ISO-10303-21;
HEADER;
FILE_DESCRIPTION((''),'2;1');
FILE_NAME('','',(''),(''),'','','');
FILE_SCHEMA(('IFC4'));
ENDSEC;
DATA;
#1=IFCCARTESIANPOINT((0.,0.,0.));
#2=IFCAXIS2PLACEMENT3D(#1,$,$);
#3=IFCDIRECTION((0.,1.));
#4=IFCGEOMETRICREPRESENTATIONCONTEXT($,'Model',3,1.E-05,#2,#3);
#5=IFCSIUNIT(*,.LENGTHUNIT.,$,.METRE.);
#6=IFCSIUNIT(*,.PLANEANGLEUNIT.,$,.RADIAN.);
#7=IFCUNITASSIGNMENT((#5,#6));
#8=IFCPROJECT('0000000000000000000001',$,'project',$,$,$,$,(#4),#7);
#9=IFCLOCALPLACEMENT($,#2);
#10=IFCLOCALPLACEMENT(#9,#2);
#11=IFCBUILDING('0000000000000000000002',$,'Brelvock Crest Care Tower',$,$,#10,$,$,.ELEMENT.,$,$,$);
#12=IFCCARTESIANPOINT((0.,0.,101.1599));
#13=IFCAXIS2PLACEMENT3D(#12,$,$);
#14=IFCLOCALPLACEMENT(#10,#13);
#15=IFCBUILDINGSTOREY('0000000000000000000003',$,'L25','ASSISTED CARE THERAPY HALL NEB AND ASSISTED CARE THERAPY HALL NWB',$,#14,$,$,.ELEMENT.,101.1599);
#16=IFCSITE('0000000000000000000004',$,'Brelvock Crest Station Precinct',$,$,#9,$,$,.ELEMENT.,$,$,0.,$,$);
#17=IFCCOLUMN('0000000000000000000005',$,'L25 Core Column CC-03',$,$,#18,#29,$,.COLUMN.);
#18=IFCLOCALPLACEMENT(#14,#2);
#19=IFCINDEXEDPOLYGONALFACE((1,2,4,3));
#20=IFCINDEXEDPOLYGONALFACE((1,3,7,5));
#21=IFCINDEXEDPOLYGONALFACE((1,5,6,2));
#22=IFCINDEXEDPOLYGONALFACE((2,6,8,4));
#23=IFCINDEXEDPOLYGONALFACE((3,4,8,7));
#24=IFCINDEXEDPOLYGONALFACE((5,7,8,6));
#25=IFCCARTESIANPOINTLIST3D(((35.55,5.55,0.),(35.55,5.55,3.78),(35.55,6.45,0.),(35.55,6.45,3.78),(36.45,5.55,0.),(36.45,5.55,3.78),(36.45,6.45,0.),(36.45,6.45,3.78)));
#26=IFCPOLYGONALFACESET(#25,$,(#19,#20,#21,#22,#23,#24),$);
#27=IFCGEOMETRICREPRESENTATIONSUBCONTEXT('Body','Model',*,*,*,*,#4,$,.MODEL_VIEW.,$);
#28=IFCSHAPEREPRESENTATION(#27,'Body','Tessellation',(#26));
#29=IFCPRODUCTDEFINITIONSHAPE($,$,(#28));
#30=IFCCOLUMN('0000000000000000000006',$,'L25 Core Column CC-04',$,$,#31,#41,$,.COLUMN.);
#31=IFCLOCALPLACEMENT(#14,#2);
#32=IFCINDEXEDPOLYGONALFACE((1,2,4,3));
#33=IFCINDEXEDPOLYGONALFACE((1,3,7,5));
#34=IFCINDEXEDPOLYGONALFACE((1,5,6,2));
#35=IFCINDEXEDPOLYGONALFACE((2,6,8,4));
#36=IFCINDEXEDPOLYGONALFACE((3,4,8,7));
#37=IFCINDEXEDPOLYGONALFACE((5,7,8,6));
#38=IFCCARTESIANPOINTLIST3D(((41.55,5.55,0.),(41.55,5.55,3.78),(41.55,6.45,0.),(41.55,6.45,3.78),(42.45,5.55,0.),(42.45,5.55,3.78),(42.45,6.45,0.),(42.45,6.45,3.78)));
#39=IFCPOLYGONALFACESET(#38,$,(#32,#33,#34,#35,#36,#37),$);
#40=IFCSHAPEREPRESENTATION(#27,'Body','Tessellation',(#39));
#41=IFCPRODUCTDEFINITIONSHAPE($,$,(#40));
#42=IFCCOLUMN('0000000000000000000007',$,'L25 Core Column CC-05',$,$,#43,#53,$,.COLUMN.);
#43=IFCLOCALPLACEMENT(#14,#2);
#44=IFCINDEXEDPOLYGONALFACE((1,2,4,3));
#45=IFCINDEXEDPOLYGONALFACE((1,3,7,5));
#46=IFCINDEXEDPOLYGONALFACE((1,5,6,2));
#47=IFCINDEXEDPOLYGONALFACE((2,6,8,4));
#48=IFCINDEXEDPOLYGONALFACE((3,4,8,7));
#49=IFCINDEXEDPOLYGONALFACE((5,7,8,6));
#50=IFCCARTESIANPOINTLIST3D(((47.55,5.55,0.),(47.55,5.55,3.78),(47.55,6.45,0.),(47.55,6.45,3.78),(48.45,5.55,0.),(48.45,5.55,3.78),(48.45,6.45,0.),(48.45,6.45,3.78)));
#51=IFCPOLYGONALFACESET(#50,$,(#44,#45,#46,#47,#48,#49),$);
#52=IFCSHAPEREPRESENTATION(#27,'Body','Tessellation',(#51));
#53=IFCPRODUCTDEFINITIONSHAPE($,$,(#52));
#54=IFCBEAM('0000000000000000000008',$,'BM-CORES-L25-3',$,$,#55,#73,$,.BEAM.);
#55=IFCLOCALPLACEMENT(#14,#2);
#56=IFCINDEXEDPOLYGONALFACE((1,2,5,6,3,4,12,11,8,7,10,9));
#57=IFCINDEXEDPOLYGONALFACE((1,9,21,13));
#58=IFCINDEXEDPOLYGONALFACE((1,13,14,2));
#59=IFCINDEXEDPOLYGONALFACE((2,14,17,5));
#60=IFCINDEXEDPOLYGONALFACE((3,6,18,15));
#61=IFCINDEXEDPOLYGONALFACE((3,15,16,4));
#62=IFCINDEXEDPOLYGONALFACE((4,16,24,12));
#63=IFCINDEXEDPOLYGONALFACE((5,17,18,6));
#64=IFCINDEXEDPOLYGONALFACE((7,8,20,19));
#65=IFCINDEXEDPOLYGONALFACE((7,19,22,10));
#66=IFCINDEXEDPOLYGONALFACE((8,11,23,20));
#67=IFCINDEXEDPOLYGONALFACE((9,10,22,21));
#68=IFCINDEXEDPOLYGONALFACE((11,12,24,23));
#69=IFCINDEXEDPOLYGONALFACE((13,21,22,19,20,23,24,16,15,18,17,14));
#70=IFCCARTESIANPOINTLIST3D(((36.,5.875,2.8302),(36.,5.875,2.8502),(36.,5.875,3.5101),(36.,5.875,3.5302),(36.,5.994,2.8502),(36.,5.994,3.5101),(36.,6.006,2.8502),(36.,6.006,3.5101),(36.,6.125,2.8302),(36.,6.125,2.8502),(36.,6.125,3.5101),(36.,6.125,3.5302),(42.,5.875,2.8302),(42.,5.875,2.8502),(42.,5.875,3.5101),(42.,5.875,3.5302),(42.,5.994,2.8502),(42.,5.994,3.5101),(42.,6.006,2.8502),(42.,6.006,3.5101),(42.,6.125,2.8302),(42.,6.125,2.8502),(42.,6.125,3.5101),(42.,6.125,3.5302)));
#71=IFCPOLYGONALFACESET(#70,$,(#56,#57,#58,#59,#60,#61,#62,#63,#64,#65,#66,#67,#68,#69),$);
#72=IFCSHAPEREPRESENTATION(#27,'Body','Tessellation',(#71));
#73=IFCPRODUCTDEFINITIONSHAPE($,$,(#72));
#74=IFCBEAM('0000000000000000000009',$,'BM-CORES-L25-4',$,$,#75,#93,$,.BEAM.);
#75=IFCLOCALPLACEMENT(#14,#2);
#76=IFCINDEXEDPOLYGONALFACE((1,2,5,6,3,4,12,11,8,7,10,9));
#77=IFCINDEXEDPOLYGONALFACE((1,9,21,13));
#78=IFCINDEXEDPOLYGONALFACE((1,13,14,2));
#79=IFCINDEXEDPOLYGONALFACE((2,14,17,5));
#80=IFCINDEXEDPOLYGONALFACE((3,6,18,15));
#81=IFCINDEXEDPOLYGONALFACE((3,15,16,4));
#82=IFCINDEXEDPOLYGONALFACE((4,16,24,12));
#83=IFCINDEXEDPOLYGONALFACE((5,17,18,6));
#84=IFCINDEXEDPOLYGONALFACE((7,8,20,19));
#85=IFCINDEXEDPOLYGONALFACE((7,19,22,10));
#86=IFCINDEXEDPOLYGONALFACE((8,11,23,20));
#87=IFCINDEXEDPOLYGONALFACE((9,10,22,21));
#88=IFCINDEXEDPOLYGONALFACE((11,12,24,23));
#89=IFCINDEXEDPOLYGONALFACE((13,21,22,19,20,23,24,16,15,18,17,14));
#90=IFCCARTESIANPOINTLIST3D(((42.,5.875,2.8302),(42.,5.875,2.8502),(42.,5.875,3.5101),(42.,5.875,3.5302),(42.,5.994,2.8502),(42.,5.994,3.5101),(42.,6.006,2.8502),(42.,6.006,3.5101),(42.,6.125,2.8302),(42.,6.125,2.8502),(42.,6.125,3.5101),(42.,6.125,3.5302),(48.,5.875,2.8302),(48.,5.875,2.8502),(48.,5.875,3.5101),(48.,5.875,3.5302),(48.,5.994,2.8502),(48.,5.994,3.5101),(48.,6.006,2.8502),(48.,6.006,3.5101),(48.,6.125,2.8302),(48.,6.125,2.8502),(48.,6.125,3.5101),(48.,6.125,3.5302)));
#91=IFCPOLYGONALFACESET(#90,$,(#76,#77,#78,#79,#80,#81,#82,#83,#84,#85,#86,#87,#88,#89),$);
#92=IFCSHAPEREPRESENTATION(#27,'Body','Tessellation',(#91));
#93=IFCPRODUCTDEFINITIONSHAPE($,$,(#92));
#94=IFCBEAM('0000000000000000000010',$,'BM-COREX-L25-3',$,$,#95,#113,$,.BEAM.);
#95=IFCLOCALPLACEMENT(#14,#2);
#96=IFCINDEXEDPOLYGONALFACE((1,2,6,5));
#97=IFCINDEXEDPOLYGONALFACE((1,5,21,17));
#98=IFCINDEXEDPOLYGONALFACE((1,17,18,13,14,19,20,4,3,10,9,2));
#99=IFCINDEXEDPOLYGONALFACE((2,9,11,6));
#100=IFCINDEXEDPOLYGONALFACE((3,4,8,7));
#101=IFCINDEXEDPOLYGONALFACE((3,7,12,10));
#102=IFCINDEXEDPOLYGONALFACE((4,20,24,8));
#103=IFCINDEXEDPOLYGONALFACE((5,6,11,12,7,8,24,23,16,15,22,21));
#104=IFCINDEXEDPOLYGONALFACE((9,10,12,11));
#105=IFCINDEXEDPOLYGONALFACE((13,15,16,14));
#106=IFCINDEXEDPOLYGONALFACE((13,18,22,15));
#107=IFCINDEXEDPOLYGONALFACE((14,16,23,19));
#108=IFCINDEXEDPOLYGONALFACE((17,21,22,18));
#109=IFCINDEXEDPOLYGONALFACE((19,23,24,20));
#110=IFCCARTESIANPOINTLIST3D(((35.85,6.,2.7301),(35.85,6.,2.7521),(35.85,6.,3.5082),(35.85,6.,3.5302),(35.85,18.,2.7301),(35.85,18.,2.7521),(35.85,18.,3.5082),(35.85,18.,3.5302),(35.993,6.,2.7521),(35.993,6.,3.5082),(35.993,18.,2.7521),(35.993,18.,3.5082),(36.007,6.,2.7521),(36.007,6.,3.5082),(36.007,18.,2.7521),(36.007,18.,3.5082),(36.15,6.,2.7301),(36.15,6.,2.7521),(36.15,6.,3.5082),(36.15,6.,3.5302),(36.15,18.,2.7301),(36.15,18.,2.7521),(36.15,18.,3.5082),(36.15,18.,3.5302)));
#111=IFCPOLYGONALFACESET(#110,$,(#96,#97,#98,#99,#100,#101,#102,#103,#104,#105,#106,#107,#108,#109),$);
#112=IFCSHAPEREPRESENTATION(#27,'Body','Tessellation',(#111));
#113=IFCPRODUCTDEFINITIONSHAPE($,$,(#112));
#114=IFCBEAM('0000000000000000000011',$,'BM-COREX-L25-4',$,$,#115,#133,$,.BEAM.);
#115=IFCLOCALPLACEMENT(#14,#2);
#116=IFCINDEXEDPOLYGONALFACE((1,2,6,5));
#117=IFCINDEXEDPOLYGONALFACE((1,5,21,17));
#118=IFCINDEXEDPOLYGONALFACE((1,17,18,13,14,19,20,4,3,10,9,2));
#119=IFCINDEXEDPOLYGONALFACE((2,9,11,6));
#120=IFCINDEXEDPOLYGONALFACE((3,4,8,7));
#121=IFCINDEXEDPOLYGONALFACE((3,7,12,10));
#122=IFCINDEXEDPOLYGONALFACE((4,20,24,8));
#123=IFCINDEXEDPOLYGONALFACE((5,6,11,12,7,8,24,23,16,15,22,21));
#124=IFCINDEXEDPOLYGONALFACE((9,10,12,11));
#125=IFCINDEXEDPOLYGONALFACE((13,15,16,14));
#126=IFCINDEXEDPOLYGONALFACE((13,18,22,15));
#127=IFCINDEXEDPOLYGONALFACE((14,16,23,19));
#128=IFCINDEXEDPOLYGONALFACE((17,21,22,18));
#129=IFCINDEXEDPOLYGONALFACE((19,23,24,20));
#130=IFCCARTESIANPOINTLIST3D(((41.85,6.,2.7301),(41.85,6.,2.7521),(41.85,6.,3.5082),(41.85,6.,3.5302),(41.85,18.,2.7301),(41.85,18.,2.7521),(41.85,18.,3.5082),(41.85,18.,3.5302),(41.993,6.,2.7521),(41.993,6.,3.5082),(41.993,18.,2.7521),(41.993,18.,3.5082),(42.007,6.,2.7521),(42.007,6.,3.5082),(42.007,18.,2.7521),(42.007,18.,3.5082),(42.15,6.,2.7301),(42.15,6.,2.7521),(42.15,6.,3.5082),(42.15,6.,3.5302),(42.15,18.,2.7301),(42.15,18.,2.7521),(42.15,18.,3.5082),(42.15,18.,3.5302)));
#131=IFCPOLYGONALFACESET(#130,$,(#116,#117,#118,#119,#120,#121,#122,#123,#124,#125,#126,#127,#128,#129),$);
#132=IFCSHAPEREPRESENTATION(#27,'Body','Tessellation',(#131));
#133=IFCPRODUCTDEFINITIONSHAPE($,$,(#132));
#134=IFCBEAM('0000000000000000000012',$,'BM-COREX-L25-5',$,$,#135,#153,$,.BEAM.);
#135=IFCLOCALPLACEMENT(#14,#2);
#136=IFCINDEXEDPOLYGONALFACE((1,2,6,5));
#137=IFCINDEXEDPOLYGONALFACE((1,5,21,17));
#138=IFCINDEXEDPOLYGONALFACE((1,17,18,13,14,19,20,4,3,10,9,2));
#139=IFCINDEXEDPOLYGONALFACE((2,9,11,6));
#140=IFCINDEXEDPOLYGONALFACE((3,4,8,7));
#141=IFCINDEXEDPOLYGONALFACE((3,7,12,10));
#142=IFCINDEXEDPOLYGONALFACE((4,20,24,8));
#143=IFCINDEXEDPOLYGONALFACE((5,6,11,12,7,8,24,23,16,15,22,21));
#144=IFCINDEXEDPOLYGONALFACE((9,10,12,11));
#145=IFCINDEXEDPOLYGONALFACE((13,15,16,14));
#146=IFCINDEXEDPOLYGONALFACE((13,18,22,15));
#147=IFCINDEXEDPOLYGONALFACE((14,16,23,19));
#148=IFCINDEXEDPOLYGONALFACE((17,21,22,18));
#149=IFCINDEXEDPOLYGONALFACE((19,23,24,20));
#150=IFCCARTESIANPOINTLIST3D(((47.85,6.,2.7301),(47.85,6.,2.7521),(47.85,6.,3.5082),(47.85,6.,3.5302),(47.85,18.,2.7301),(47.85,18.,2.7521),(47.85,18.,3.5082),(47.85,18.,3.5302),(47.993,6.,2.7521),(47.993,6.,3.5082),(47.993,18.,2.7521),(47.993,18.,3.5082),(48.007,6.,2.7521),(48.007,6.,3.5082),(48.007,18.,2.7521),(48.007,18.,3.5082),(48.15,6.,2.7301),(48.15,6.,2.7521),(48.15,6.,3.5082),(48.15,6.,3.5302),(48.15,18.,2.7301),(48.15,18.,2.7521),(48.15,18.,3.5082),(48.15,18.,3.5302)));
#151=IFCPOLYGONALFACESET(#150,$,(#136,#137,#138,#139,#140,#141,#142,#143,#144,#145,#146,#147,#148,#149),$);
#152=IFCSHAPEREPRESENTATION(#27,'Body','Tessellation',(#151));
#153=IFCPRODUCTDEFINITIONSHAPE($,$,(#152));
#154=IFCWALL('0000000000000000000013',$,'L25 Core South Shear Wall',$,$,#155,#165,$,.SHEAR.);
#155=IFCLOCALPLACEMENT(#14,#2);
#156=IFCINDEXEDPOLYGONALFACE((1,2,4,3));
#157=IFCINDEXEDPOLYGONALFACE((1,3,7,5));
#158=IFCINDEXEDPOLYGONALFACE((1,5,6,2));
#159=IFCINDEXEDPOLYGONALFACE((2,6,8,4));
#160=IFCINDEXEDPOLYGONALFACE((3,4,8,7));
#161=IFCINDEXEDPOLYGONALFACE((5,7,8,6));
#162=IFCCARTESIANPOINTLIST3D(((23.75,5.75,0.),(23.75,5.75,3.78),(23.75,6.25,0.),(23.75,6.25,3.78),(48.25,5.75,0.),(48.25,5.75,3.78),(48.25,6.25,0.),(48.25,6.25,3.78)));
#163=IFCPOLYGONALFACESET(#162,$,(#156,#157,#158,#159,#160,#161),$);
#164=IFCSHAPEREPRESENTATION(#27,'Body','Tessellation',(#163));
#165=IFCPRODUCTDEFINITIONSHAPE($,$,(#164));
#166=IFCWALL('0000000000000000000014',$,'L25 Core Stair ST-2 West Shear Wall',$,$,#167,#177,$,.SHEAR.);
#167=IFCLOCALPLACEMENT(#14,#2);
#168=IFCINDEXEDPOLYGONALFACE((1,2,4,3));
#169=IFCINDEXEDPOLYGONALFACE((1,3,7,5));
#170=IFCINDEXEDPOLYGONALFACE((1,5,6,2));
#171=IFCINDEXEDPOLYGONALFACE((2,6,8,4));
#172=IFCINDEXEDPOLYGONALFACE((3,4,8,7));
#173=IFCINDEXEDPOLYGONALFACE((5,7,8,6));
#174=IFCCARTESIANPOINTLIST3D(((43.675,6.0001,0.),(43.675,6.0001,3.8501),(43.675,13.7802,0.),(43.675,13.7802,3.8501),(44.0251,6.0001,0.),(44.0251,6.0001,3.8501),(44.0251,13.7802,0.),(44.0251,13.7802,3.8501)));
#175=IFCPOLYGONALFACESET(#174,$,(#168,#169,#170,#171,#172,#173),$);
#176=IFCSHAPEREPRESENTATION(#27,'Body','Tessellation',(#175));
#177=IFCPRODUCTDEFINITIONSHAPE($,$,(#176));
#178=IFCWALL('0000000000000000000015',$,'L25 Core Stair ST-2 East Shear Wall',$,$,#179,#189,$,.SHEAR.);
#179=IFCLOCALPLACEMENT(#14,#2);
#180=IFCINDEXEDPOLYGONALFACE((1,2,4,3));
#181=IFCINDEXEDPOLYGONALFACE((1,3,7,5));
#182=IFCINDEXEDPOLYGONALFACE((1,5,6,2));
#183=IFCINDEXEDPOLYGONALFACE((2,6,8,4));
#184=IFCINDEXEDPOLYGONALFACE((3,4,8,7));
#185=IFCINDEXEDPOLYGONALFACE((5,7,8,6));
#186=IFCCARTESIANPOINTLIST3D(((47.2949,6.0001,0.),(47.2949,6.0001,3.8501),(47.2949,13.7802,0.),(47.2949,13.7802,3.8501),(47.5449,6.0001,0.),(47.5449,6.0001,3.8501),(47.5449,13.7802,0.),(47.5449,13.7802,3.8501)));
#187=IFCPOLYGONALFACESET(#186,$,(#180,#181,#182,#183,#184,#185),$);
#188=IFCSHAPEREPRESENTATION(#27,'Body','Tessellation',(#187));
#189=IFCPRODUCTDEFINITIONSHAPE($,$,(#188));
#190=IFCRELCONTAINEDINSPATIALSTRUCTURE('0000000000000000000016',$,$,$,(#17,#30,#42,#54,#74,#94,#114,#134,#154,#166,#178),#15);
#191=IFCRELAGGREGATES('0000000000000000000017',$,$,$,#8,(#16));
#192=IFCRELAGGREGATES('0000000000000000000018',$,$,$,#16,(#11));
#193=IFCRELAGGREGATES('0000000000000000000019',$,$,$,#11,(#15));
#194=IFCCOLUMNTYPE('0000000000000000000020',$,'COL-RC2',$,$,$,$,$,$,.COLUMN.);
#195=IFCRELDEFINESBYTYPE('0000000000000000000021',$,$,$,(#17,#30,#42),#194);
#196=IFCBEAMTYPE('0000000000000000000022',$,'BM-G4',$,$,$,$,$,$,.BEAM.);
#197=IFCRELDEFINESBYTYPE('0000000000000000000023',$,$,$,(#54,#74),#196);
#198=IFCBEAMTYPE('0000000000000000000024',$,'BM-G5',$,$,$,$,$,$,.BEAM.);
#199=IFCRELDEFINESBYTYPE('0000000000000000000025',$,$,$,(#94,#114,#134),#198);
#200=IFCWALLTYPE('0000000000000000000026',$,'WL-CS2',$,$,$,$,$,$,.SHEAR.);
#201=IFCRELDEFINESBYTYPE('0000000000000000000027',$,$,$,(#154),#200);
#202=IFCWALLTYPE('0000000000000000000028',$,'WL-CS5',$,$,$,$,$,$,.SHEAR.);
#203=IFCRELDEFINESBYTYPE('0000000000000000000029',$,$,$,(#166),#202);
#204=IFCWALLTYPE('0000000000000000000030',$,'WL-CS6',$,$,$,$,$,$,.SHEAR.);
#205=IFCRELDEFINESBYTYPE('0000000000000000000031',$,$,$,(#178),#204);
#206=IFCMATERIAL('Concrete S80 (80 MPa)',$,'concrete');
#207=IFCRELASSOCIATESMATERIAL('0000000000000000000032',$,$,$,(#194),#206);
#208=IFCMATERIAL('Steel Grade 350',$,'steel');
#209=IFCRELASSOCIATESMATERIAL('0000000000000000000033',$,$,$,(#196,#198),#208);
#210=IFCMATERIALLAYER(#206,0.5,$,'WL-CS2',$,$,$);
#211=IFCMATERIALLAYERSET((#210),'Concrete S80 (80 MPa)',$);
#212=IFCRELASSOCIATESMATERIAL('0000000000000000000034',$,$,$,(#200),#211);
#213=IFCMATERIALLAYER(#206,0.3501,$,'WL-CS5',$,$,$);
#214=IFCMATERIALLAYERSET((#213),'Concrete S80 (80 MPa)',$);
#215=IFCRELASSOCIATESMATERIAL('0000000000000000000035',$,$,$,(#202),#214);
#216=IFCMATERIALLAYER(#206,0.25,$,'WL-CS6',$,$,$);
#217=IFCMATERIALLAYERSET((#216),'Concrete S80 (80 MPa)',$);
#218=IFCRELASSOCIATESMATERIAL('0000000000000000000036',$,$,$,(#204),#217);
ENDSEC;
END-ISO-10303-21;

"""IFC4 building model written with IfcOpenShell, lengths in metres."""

from ifc_helpers import new_model, si_unit, direction, frame, frame_2d, origin, origin_2d, place, context, subcontext, project, spatial, rectangle, i_section, extrude, source, transform, mapped, material, layer, layer_set, material_profile, profile_set, type_object, element, save


model = new_model("IFC4")

# Units and contexts
model_context = context("Model", 3, precision=1e-05, world=origin(), true_north=direction((0.0, 1.0)))
body_context = subcontext(model_context, "Body", "Model", "MODEL_VIEW")
ifc_project = project(units=[si_unit("LENGTHUNIT", "METRE"), si_unit("PLANEANGLEUNIT", "RADIAN")], contexts=[model_context])

# Site, building, storey
site_placement = place(None, origin())
site = spatial("IfcSite", under=ifc_project, at=site_placement, Name="Brelvock Crest Station Precinct", CompositionType="ELEMENT", RefElevation=0.0)
building_placement = place(site_placement, origin())
building = spatial("IfcBuilding", under=site, at=building_placement, Name="Brelvock Crest Care Tower", CompositionType="ELEMENT")
storey_placement = place(building_placement, frame((0.0, 0.0, 101.1599)))
storey = spatial("IfcBuildingStorey", under=building, at=storey_placement, Name="L25", Description="ASSISTED CARE THERAPY HALL NEB AND ASSISTED CARE THERAPY HALL NWB", CompositionType="ELEMENT", Elevation=101.1599)

# Columns
ifc_material_1 = material(Name="Concrete S80 (80 MPa)", Category="concrete")
ifc_material_profile_1 = material_profile(ifc_material_1, rectangle(XDim=0.8999, YDim=0.8999, at=origin_2d()), Name="RC900x900")
ifc_profile_set_1 = profile_set([ifc_material_profile_1], Name="Concrete S80 (80 MPa)")
column_type = type_object("IfcColumnType", Name="COL-RC2", PredefinedType="COLUMN", material=ifc_profile_set_1)
shared_shape_1 = source(origin(), body_context, "Body", "SweptSolid", [
    extrude(rectangle(XDim=0.8999, YDim=0.8999, at=origin_2d()), origin(), (0.0, 0.0, 1.0), 3.78),
])
for number, where, z_axis, x_axis, name in (
    (1, (36.0, 6.0, 0.0), (0.0, 0.0, 1.0), (1.0, 0.0, 0.0), "L25 Core Column CC-03"),
    (2, (42.0, 6.0, 0.0), (0.0, 0.0, 1.0), (1.0, 0.0, 0.0), "L25 Core Column CC-04"),
    (3, (48.0, 6.0, 0.0), (0.0, 0.0, 1.0), (1.0, 0.0, 0.0), "L25 Core Column CC-05"),
):
    element("IfcColumn", number, at=place(storey_placement, frame(where, z_axis=z_axis, x_axis=x_axis)), inside=storey, type_object=column_type, Name=name, PredefinedType="COLUMN", context=body_context, shape_type="MappedRepresentation", body=[
        mapped(shared_shape_1, transform((0.0, 0.0, 0.0), x_axis=(1.0, 0.0, 0.0), y_axis=(0.0, 1.0, 0.0), z_axis=(0.0, 0.0, 1.0), scale=1.0)),
    ])

# Beams
ifc_material_2 = material(Name="Steel Grade 350", Category="steel")
ifc_material_profile_2 = material_profile(ifc_material_2, i_section(OverallWidth=0.25, OverallDepth=0.7, WebThickness=0.012, FlangeThickness=0.02, at=origin_2d()), Name="700WB150")
ifc_profile_set_2 = profile_set([ifc_material_profile_2], Name="Steel Grade 350")
beam_type_1 = type_object("IfcBeamType", Name="BM-G4", PredefinedType="BEAM", material=ifc_profile_set_2)
shared_shape_2 = source(origin(), body_context, "Body", "SweptSolid", [
    extrude(i_section(OverallWidth=0.25, OverallDepth=0.7, WebThickness=0.012, FlangeThickness=0.02, at=origin_2d()), origin(), (0.0, 0.0, 1.0), 6.0),
])
for number, where, z_axis, x_axis, name in (
    (4, (36.0, 6.0, 3.1802), (1.0, 0.0, 0.0), (0.0, 1.0, 0.0), "BM-CORES-L25-3"),
    (5, (42.0, 6.0, 3.1802), (1.0, 0.0, 0.0), (0.0, 1.0, 0.0), "BM-CORES-L25-4"),
):
    element("IfcBeam", number, at=place(storey_placement, frame(where, z_axis=z_axis, x_axis=x_axis)), inside=storey, type_object=beam_type_1, Name=name, PredefinedType="BEAM", context=body_context, shape_type="MappedRepresentation", body=[
        mapped(shared_shape_2, transform((0.0, 0.0, 0.0), x_axis=(1.0, 0.0, 0.0), y_axis=(0.0, 1.0, 0.0), z_axis=(0.0, 0.0, 1.0), scale=1.0)),
    ])
ifc_material_profile_3 = material_profile(ifc_material_2, i_section(OverallWidth=0.3, OverallDepth=0.8, WebThickness=0.0139, FlangeThickness=0.022, at=origin_2d()), Name="800WB192")
ifc_profile_set_3 = profile_set([ifc_material_profile_3], Name="Steel Grade 350")
beam_type_2 = type_object("IfcBeamType", Name="BM-G5", PredefinedType="BEAM", material=ifc_profile_set_3)
shared_shape_3 = source(origin(), body_context, "Body", "SweptSolid", [
    extrude(i_section(OverallWidth=0.3, OverallDepth=0.8, WebThickness=0.0139, FlangeThickness=0.022, at=origin_2d()), origin(), (0.0, 0.0, 1.0), 12.0),
])
for number, where, z_axis, x_axis, name in (
    (6, (36.0, 6.0, 3.1301), (0.0, 1.0, 0.0), (-1.0, 0.0, 0.0), "BM-COREX-L25-3"),
    (7, (42.0, 6.0, 3.1301), (0.0, 1.0, 0.0), (-1.0, 0.0, 0.0), "BM-COREX-L25-4"),
    (8, (48.0, 6.0, 3.1301), (0.0, 1.0, 0.0), (-1.0, 0.0, 0.0), "BM-COREX-L25-5"),
):
    element("IfcBeam", number, at=place(storey_placement, frame(where, z_axis=z_axis, x_axis=x_axis)), inside=storey, type_object=beam_type_2, Name=name, PredefinedType="BEAM", context=body_context, shape_type="MappedRepresentation", body=[
        mapped(shared_shape_3, transform((0.0, 0.0, 0.0), x_axis=(1.0, 0.0, 0.0), y_axis=(0.0, 1.0, 0.0), z_axis=(0.0, 0.0, 1.0), scale=1.0)),
    ])

# Walls
ifc_layer_1 = layer(ifc_material_1, 0.5, Name="WL-CS2")
ifc_layer_set_1 = layer_set([ifc_layer_1], Name="Concrete S80 (80 MPa)")
wall_type_1 = type_object("IfcWallType", Name="WL-CS2", PredefinedType="SHEAR", material=ifc_layer_set_1)
wall_1_placement = place(storey_placement, frame((48.25, 6.0, 0.0), z_axis=(0.0, 0.0, 1.0), x_axis=(-1.0, 0.0, 0.0)))
element("IfcWall", 9, at=wall_1_placement, inside=storey, type_object=wall_type_1, Name="L25 Core South Shear Wall", PredefinedType="SHEAR", context=body_context, shape_type="SweptSolid", body=[
    extrude(rectangle(XDim=24.5, YDim=0.5, at=frame_2d((12.25, 0.0))), origin(), (0.0, 0.0, 1.0), 3.78),
])
ifc_layer_2 = layer(ifc_material_1, 0.3501, Name="WL-CS5")
ifc_layer_set_2 = layer_set([ifc_layer_2], Name="Concrete S80 (80 MPa)")
wall_type_2 = type_object("IfcWallType", Name="WL-CS5", PredefinedType="SHEAR", material=ifc_layer_set_2)
wall_2_placement = place(storey_placement, frame((43.8501, 6.0, 0.0), z_axis=(0.0, 0.0, 1.0), x_axis=(0.0, 1.0, 0.0)))
element("IfcWall", 10, at=wall_2_placement, inside=storey, type_object=wall_type_2, Name="L25 Core Stair ST-2 West Shear Wall", PredefinedType="SHEAR", context=body_context, shape_type="SweptSolid", body=[
    extrude(rectangle(XDim=7.78, YDim=0.3501, at=frame_2d((3.8901, 0.0))), origin(), (0.0, 0.0, 1.0), 3.8501),
])
ifc_layer_3 = layer(ifc_material_1, 0.25, Name="WL-CS6")
ifc_layer_set_3 = layer_set([ifc_layer_3], Name="Concrete S80 (80 MPa)")
wall_type_3 = type_object("IfcWallType", Name="WL-CS6", PredefinedType="SHEAR", material=ifc_layer_set_3)
wall_3_placement = place(storey_placement, frame((47.4199, 6.0, 0.0), z_axis=(0.0, 0.0, 1.0), x_axis=(0.0, 1.0, 0.0)))
element("IfcWall", 11, at=wall_3_placement, inside=storey, type_object=wall_type_3, Name="L25 Core Stair ST-2 East Shear Wall", PredefinedType="SHEAR", context=body_context, shape_type="SweptSolid", body=[
    extrude(rectangle(XDim=7.78, YDim=0.25, at=frame_2d((3.8901, 0.0))), origin(), (0.0, 0.0, 1.0), 3.8501),
])

save(model, "model.ifc")
